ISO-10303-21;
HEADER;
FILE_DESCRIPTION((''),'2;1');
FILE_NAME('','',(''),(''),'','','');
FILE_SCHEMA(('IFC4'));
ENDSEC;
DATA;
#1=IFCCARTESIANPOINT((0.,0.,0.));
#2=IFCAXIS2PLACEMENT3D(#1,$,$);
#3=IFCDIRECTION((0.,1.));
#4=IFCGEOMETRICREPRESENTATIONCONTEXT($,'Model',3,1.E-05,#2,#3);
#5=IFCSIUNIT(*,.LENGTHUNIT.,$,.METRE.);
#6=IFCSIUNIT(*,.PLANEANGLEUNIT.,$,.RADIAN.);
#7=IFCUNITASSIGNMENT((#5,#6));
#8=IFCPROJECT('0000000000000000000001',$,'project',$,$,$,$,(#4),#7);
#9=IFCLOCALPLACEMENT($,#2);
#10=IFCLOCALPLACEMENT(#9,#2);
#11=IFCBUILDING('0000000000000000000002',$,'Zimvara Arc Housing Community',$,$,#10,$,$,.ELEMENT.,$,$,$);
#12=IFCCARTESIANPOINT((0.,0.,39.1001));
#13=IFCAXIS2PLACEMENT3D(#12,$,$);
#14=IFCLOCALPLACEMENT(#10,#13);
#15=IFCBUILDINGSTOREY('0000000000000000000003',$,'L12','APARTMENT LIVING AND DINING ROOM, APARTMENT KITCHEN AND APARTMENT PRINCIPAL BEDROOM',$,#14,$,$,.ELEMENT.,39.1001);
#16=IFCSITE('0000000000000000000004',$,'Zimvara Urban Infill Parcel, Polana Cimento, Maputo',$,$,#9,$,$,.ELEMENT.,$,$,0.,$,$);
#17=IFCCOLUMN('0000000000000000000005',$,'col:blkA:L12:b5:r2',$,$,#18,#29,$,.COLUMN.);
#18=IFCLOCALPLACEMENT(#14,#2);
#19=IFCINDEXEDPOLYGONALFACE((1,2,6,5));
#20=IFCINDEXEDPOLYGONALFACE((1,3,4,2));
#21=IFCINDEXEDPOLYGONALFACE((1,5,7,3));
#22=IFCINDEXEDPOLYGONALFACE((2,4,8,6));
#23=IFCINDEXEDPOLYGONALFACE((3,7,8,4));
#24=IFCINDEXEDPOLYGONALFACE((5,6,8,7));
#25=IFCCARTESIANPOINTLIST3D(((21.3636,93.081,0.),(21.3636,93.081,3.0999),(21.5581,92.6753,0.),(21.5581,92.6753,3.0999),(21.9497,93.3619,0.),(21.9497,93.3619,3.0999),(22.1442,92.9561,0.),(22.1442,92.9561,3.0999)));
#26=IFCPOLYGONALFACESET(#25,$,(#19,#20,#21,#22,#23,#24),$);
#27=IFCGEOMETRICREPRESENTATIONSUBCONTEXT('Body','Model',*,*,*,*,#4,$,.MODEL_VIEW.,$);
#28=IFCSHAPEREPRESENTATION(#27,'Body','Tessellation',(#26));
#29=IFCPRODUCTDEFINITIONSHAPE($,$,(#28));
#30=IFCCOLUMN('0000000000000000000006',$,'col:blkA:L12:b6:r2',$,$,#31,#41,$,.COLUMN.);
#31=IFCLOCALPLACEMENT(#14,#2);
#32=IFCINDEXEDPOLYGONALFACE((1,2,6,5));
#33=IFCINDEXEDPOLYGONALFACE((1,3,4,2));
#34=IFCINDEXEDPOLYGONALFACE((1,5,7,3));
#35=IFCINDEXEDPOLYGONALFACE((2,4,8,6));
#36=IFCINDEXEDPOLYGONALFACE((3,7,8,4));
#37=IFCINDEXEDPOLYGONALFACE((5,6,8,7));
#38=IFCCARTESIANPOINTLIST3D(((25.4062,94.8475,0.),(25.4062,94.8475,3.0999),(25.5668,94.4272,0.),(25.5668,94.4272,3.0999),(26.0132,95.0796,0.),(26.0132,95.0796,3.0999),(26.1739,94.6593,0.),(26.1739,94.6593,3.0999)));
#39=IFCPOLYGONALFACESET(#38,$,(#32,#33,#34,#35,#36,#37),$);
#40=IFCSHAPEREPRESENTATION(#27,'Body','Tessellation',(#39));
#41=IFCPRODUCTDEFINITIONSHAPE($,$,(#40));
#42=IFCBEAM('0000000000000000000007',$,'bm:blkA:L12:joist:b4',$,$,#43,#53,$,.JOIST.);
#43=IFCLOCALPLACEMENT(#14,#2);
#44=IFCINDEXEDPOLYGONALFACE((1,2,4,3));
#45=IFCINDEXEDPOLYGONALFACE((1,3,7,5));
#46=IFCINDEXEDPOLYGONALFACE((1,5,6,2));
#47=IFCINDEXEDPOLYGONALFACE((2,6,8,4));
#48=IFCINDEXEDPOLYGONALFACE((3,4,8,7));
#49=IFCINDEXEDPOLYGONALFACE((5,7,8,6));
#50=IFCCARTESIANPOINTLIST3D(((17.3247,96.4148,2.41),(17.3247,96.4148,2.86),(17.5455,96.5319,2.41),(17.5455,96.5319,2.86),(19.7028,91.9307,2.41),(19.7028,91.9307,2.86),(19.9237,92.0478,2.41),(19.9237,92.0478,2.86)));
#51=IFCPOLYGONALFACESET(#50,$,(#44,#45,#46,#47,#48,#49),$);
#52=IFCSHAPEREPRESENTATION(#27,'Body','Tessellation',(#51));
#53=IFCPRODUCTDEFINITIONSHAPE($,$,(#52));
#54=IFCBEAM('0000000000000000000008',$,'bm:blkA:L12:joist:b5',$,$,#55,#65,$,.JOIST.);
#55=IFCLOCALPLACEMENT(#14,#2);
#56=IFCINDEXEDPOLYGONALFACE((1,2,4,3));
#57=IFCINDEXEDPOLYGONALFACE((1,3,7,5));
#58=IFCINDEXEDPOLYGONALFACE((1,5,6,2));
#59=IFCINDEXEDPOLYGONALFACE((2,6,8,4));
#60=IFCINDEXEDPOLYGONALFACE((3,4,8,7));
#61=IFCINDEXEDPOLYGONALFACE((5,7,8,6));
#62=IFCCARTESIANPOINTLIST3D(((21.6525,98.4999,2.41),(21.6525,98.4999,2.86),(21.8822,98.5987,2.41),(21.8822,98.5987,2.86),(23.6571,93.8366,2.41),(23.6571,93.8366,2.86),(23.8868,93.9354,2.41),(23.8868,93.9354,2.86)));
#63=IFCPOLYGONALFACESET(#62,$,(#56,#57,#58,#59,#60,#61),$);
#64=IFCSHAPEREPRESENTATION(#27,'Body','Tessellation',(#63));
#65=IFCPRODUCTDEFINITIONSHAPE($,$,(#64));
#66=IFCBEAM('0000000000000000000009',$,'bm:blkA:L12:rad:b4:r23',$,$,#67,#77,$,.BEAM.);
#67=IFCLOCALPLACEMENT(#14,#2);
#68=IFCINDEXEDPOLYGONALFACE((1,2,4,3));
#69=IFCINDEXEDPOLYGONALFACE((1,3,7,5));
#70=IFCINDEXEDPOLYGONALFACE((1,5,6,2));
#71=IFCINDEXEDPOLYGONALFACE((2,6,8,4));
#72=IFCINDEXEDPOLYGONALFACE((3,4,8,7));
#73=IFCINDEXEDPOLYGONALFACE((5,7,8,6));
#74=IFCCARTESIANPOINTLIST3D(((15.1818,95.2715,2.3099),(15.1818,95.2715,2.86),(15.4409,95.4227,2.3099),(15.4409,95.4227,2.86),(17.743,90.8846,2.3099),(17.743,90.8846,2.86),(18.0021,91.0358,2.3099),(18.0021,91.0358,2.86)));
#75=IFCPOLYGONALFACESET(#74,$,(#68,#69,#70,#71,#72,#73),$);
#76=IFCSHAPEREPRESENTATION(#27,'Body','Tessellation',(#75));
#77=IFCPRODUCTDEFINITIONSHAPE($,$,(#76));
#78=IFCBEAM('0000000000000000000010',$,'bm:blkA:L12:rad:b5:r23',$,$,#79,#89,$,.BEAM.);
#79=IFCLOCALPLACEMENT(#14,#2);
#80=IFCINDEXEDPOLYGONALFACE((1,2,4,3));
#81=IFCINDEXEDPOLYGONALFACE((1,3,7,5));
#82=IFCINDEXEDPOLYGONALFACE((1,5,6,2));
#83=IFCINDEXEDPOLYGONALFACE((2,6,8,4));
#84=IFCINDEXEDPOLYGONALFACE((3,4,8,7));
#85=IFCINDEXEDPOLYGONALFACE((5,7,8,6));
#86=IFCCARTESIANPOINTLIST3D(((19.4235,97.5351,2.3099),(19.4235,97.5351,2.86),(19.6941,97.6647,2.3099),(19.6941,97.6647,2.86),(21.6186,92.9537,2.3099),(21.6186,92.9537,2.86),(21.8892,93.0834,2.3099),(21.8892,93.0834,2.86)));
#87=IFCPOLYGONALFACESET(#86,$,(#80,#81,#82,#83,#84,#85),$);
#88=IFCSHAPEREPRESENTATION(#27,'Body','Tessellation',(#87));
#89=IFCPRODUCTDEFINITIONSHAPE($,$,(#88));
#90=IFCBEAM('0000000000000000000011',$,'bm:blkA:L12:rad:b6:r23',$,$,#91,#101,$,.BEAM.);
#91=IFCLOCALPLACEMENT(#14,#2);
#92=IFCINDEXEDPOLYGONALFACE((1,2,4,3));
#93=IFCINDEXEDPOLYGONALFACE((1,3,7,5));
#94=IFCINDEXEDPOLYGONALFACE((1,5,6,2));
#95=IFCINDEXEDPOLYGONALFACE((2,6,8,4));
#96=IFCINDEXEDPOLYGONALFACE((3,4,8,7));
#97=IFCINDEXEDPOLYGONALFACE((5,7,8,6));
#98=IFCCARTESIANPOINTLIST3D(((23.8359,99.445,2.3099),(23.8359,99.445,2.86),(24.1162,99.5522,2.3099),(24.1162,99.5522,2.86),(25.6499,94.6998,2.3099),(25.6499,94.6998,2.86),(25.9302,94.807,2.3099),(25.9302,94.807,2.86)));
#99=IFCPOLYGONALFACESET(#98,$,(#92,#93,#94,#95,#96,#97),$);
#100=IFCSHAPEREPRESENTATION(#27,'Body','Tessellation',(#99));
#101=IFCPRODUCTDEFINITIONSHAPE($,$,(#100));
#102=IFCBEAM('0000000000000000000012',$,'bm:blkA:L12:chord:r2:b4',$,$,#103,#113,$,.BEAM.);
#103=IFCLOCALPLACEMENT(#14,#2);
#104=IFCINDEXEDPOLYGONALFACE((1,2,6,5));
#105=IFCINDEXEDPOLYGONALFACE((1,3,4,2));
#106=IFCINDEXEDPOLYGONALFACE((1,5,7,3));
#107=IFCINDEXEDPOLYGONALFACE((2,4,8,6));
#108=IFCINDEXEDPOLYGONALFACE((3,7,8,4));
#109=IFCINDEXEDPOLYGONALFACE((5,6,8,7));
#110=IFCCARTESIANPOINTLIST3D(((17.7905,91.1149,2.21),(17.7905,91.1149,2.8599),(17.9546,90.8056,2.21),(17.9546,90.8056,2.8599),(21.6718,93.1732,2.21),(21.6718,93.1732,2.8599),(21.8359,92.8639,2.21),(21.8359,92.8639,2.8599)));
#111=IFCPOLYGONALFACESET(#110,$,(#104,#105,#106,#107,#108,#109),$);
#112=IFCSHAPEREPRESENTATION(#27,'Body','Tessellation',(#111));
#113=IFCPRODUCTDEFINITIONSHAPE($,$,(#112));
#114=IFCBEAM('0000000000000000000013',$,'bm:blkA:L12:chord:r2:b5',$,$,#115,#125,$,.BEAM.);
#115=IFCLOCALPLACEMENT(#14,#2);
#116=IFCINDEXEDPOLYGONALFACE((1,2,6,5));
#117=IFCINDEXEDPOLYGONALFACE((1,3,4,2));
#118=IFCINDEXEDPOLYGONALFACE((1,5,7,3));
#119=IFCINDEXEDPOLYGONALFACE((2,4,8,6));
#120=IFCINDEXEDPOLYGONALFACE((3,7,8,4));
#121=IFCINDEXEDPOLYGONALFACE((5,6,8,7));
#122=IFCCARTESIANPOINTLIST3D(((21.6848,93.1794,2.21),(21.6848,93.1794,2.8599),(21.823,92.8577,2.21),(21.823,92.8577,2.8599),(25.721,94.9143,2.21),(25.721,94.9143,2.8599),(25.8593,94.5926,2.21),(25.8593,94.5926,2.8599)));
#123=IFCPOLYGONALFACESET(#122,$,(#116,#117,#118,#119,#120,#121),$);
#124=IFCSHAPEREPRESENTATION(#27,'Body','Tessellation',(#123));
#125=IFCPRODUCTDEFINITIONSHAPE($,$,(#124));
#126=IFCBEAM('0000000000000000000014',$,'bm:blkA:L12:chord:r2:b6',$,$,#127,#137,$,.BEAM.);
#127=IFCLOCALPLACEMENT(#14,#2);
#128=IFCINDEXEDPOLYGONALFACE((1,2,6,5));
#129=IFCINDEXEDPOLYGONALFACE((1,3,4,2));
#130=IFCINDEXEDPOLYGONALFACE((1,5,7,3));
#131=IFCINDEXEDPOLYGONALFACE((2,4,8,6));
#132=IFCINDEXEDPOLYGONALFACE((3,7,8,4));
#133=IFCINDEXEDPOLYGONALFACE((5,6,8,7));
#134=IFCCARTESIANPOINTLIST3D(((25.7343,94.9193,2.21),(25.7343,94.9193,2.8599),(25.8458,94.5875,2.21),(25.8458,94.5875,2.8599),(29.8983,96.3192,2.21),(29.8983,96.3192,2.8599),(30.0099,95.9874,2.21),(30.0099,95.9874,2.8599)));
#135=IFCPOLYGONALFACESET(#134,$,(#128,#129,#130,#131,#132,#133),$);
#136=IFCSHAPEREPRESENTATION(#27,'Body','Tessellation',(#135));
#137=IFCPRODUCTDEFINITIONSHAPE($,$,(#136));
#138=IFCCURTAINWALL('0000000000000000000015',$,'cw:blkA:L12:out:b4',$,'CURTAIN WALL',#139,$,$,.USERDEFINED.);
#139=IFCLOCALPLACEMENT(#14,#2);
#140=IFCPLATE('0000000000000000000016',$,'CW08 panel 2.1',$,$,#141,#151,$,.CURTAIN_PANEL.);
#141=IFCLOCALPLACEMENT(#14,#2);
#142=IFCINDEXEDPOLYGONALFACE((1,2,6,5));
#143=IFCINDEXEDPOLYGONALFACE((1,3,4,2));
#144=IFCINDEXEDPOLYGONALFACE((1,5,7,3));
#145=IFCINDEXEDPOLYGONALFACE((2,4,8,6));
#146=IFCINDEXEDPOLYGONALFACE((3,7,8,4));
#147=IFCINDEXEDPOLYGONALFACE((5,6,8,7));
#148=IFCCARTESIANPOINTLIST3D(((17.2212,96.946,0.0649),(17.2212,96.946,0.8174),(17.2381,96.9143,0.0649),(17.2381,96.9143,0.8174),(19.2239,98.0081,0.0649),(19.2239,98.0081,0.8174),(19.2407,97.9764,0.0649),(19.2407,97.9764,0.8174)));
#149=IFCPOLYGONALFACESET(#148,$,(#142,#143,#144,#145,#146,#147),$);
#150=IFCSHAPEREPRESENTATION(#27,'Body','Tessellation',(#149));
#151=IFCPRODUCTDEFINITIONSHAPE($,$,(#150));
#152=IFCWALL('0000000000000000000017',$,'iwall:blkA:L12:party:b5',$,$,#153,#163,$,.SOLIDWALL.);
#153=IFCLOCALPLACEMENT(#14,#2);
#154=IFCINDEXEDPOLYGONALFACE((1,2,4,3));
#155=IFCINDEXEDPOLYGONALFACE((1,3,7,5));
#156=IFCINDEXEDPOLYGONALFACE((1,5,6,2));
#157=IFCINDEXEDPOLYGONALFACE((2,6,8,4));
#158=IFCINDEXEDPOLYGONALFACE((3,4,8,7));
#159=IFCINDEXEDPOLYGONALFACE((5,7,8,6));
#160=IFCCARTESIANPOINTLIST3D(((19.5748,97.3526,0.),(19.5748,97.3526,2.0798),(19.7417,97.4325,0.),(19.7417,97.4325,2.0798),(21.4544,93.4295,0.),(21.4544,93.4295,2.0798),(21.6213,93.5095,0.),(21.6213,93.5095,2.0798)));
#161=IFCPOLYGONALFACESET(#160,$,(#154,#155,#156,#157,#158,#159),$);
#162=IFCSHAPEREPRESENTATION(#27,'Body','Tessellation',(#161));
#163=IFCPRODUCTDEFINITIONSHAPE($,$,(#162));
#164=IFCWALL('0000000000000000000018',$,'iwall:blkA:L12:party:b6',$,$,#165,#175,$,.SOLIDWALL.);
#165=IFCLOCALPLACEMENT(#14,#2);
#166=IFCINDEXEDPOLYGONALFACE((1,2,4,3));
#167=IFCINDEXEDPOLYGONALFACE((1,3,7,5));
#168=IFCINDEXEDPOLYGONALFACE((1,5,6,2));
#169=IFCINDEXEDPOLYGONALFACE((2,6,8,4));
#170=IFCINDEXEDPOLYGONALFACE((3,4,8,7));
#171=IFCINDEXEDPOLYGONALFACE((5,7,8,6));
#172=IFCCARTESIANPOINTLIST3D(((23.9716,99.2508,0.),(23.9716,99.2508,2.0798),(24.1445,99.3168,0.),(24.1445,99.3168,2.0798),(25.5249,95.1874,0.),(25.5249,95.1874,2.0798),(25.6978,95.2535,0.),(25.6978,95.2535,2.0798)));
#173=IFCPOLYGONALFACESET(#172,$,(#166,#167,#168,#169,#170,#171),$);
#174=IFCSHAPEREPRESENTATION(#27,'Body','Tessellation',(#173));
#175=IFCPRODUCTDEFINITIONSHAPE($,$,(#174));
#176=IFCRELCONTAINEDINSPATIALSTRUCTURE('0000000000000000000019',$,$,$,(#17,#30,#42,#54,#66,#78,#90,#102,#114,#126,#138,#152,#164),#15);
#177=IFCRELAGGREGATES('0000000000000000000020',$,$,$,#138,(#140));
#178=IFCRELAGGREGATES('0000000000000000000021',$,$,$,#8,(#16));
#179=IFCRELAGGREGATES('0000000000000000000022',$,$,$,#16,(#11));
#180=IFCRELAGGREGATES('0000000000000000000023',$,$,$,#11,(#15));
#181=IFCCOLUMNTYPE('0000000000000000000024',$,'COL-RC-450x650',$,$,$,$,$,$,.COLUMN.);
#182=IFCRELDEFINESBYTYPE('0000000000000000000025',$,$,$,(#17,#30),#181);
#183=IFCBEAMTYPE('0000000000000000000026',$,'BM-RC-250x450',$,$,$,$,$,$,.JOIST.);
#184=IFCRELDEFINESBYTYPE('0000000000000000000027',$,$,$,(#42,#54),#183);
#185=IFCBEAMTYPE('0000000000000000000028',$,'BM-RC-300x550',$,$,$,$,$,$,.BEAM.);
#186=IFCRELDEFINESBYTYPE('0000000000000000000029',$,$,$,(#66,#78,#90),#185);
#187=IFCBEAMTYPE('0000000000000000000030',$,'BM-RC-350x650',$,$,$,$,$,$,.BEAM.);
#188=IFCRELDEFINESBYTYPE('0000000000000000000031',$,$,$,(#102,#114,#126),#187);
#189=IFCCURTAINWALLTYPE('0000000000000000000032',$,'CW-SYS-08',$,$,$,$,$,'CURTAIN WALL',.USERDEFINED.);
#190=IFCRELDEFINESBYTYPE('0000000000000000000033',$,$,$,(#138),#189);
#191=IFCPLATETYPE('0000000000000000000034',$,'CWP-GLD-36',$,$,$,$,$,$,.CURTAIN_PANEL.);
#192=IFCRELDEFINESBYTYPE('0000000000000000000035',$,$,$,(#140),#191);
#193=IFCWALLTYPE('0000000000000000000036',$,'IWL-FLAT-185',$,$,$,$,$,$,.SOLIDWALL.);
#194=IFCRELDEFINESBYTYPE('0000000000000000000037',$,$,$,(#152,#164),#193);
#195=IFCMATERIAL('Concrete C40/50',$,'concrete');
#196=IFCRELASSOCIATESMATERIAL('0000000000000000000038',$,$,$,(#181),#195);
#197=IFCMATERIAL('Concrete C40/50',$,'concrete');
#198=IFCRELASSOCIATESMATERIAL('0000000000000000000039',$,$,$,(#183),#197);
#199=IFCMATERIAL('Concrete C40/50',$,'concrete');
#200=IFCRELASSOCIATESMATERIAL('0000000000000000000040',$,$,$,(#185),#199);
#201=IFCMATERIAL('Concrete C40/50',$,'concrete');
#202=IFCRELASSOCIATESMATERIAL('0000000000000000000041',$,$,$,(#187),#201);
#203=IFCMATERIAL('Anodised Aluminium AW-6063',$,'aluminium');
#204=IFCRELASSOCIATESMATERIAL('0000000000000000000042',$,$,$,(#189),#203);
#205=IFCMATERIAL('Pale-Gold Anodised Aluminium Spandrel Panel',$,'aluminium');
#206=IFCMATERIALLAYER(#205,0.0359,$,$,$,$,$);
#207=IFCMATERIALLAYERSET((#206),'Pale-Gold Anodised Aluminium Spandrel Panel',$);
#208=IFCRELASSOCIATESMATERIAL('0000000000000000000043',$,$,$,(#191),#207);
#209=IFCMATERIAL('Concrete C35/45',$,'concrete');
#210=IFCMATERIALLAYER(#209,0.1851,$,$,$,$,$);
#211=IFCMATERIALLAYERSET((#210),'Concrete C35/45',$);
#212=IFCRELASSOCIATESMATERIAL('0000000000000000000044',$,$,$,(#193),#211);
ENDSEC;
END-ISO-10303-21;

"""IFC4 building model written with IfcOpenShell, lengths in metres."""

from ifc_helpers import new_model, si_unit, direction, frame, frame_2d, origin, origin_2d, place, context, subcontext, project, spatial, rectangle, extrude, material, layer, layer_set, material_profile, profile_set, type_object, element, aggregate, save


model = new_model("IFC4")

# Units and contexts
model_context = context("Model", 3, precision=1e-05, world=origin(), true_north=direction((0.0, 1.0)))
body_context = subcontext(model_context, "Body", "Model", "MODEL_VIEW")
ifc_project = project(units=[si_unit("LENGTHUNIT", "METRE"), si_unit("PLANEANGLEUNIT", "RADIAN")], contexts=[model_context])

# Site, building, storey
site_placement = place(None, origin())
site = spatial("IfcSite", under=ifc_project, at=site_placement, Name="Zimvara Urban Infill Parcel, Polana Cimento, Maputo", CompositionType="ELEMENT", RefElevation=0.0)
building_placement = place(site_placement, origin())
building = spatial("IfcBuilding", under=site, at=building_placement, Name="Zimvara Arc Housing Community", CompositionType="ELEMENT")
storey_placement = place(building_placement, frame((0.0, 0.0, 39.1001)))
storey = spatial("IfcBuildingStorey", under=building, at=storey_placement, Name="L12", Description="APARTMENT LIVING AND DINING ROOM, APARTMENT KITCHEN AND APARTMENT PRINCIPAL BEDROOM", CompositionType="ELEMENT", Elevation=39.1001)

# Columns
ifc_material_1 = material(Name="Concrete C40/50", Category="concrete")
ifc_material_profile_1 = material_profile(ifc_material_1, rectangle(XDim=0.45, YDim=0.6499, at=origin_2d()), Name="RC 450x650")
ifc_profile_set_1 = profile_set([ifc_material_profile_1], Name="Concrete C40/50")
column_type = type_object("IfcColumnType", Name="COL-RC-450x650", PredefinedType="COLUMN", material=ifc_profile_set_1)
for number, where, z_axis, x_axis, name in (
    (1, (21.7539, 93.0186, 0.0), (0.0, 0.0, 1.0), (-0.432086, 0.901833, 0.0), "col:blkA:L12:b5:r2"),
    (2, (25.79, 94.7534, 0.0), (0.0, 0.0, 1.0), (-0.357064, 0.93408, 0.0), "col:blkA:L12:b6:r2"),
):
    element("IfcColumn", number, at=place(storey_placement, frame(where, z_axis=z_axis, x_axis=x_axis)), inside=storey, type_object=column_type, Name=name, PredefinedType="COLUMN", context=body_context, shape_type="SweptSolid", body=[
        extrude(rectangle(XDim=0.45, YDim=0.6499, at=origin_2d()), origin(), (0.0, 0.0, 1.0), 3.0999),
    ])

# Beams
ifc_material_2 = material(Name="Concrete C40/50", Category="concrete")
ifc_material_profile_2 = material_profile(ifc_material_2, rectangle(XDim=0.25, YDim=0.45, at=origin_2d()), Name="RC 250x450")
ifc_profile_set_2 = profile_set([ifc_material_profile_2], Name="Concrete C40/50")
beam_type_1 = type_object("IfcBeamType", Name="BM-RC-250x450", PredefinedType="JOIST", material=ifc_profile_set_2)
beam_1_placement = place(storey_placement, frame((19.8132, 91.9893, 2.635), z_axis=(-0.468537, 0.883444, 0.0), x_axis=(-0.883444, -0.468537, 0.0)))
element("IfcBeam", 3, at=beam_1_placement, inside=storey, type_object=beam_type_1, Name="bm:blkA:L12:joist:b4", PredefinedType="JOIST", context=body_context, shape_type="SweptSolid", body=[
    extrude(rectangle(XDim=0.25, YDim=0.45, at=origin_2d()), origin(), (0.0, 0.0, 1.0), 5.0757),
])
beam_2_placement = place(storey_placement, frame((23.772, 93.886, 2.635), z_axis=(-0.394929, 0.918712, 0.0), x_axis=(-0.918712, -0.394929, 0.0)))
element("IfcBeam", 4, at=beam_2_placement, inside=storey, type_object=beam_type_1, Name="bm:blkA:L12:joist:b5", PredefinedType="JOIST", context=body_context, shape_type="SweptSolid", body=[
    extrude(rectangle(XDim=0.25, YDim=0.45, at=origin_2d()), origin(), (0.0, 0.0, 1.0), 5.0759),
])
ifc_material_3 = material(Name="Concrete C40/50", Category="concrete")
ifc_material_profile_3 = material_profile(ifc_material_3, rectangle(XDim=0.3, YDim=0.55, at=origin_2d()), Name="RC 300x550")
ifc_profile_set_3 = profile_set([ifc_material_profile_3], Name="Concrete C40/50")
beam_type_2 = type_object("IfcBeamType", Name="BM-RC-300x550", PredefinedType="BEAM", material=ifc_profile_set_3)
beam_3_placement = place(storey_placement, frame((17.8726, 90.9602, 2.585), z_axis=(-0.504197, 0.863589, 0.0), x_axis=(-0.863589, -0.504197, 0.0)))
element("IfcBeam", 5, at=beam_3_placement, inside=storey, type_object=beam_type_2, Name="bm:blkA:L12:rad:b4:r23", PredefinedType="BEAM", context=body_context, shape_type="SweptSolid", body=[
    extrude(rectangle(XDim=0.3, YDim=0.55, at=origin_2d()), origin(), (0.0, 0.0, 1.0), 5.0798),
])
for number, where, z_axis, x_axis, name in (
    (6, (21.7539, 93.0186, 2.585), (-0.432098, 0.901827, 0.0), (-0.901827, -0.432098, 0.0), "bm:blkA:L12:rad:b5:r23"),
    (7, (25.79, 94.7534, 2.585), (-0.357078, 0.934074, 0.0), (-0.934074, -0.357078, 0.0), "bm:blkA:L12:rad:b6:r23"),
):
    element("IfcBeam", number, at=place(storey_placement, frame(where, z_axis=z_axis, x_axis=x_axis)), inside=storey, type_object=beam_type_2, Name=name, PredefinedType="BEAM", context=body_context, shape_type="SweptSolid", body=[
        extrude(rectangle(XDim=0.3, YDim=0.55, at=origin_2d()), origin(), (0.0, 0.0, 1.0), 5.0801),
    ])
ifc_material_4 = material(Name="Concrete C40/50", Category="concrete")
ifc_material_profile_4 = material_profile(ifc_material_4, rectangle(XDim=0.3501, YDim=0.6499, at=origin_2d()), Name="RC 350x650")
ifc_profile_set_4 = profile_set([ifc_material_profile_4], Name="Concrete C40/50")
beam_type_3 = type_object("IfcBeamType", Name="BM-RC-350x650", PredefinedType="BEAM", material=ifc_profile_set_4)
for number, where, z_axis, x_axis, name in (
    (8, (17.8726, 90.9602, 2.5349), (0.883457, 0.468513, 0.0), (-0.468513, 0.883457, 0.0), "bm:blkA:L12:chord:r2:b4"),
    (9, (21.7539, 93.0186, 2.5349), (0.918725, 0.394898, 0.0), (-0.394898, 0.918725, 0.0), "bm:blkA:L12:chord:r2:b5"),
):
    element("IfcBeam", number, at=place(storey_placement, frame(where, z_axis=z_axis, x_axis=x_axis)), inside=storey, type_object=beam_type_3, Name=name, PredefinedType="BEAM", context=body_context, shape_type="SweptSolid", body=[
        extrude(rectangle(XDim=0.3501, YDim=0.6499, at=origin_2d()), origin(), (0.0, 0.0, 1.0), 4.3933),
    ])
beam_4_placement = place(storey_placement, frame((25.79, 94.7534, 2.5349), z_axis=(0.947869, 0.318661, 0.0), x_axis=(-0.318661, 0.947869, 0.0)))
element("IfcBeam", 10, at=beam_4_placement, inside=storey, type_object=beam_type_3, Name="bm:blkA:L12:chord:r2:b6", PredefinedType="BEAM", context=body_context, shape_type="SweptSolid", body=[
    extrude(rectangle(XDim=0.3501, YDim=0.6499, at=origin_2d()), origin(), (0.0, 0.0, 1.0), 4.3931),
])

# Curtain wall, plate
ifc_material_5 = material(Name="Anodised Aluminium AW-6063", Category="aluminium")
curtain_wall_type = type_object("IfcCurtainWallType", Name="CW-SYS-08", ElementType="CURTAIN WALL", PredefinedType="USERDEFINED", material=ifc_material_5)
curtain_wall_placement = place(storey_placement, origin())
curtain_wall = element("IfcCurtainWall", 11, at=curtain_wall_placement, inside=storey, type_object=curtain_wall_type, Name="cw:blkA:L12:out:b4", ObjectType="CURTAIN WALL", PredefinedType="USERDEFINED")
ifc_material_6 = material(Name="Pale-Gold Anodised Aluminium Spandrel Panel", Category="aluminium")
ifc_layer_1 = layer(ifc_material_6, 0.0359)
ifc_layer_set_1 = layer_set([ifc_layer_1], Name="Pale-Gold Anodised Aluminium Spandrel Panel")
plate_type = type_object("IfcPlateType", Name="CWP-GLD-36", PredefinedType="CURTAIN_PANEL", material=ifc_layer_set_1)
plate_placement = place(storey_placement, frame((18.231, 97.4612, 0.0649), z_axis=(0.0, 0.0, 1.0), x_axis=(0.883439, 0.468547, 0.0)))
plate = element("IfcPlate", 12, at=plate_placement, type_object=plate_type, Name="CW08 panel 2.1", PredefinedType="CURTAIN_PANEL", context=body_context, shape_type="SweptSolid", body=[
    extrude(rectangle(XDim=2.2668, YDim=0.0359, at=origin_2d()), origin(), (0.0, 0.0, 1.0), 0.7524),
])
aggregate(curtain_wall, [plate])

# Walls
ifc_material_7 = material(Name="Concrete C35/45", Category="concrete")
ifc_layer_2 = layer(ifc_material_7, 0.1851)
ifc_layer_set_2 = layer_set([ifc_layer_2], Name="Concrete C35/45")
wall_type_1 = type_object("IfcWallType", Name="IWL-FLAT-185", PredefinedType="SOLIDWALL", material=ifc_layer_set_2)
for number, where, z_axis, x_axis, name in (
    (13, (21.5378, 93.4695, 0.0), (0.0, 0.0, 1.0), (-0.432087, 0.901832, 0.0), "iwall:blkA:L12:party:b5"),
    (14, (25.6113, 95.2205, 0.0), (0.0, 0.0, 1.0), (-0.357064, 0.93408, 0.0), "iwall:blkA:L12:party:b6"),
):
    element("IfcWall", number, at=place(storey_placement, frame(where, z_axis=z_axis, x_axis=x_axis)), inside=storey, type_object=wall_type_1, Name=name, PredefinedType="SOLIDWALL", context=body_context, shape_type="SweptSolid", body=[
        extrude(rectangle(XDim=4.3501, YDim=0.1851, at=frame_2d((2.175, 0.0))), origin(), (0.0, 0.0, 1.0), 2.0798),
    ])

save(model, "model.ifc")
